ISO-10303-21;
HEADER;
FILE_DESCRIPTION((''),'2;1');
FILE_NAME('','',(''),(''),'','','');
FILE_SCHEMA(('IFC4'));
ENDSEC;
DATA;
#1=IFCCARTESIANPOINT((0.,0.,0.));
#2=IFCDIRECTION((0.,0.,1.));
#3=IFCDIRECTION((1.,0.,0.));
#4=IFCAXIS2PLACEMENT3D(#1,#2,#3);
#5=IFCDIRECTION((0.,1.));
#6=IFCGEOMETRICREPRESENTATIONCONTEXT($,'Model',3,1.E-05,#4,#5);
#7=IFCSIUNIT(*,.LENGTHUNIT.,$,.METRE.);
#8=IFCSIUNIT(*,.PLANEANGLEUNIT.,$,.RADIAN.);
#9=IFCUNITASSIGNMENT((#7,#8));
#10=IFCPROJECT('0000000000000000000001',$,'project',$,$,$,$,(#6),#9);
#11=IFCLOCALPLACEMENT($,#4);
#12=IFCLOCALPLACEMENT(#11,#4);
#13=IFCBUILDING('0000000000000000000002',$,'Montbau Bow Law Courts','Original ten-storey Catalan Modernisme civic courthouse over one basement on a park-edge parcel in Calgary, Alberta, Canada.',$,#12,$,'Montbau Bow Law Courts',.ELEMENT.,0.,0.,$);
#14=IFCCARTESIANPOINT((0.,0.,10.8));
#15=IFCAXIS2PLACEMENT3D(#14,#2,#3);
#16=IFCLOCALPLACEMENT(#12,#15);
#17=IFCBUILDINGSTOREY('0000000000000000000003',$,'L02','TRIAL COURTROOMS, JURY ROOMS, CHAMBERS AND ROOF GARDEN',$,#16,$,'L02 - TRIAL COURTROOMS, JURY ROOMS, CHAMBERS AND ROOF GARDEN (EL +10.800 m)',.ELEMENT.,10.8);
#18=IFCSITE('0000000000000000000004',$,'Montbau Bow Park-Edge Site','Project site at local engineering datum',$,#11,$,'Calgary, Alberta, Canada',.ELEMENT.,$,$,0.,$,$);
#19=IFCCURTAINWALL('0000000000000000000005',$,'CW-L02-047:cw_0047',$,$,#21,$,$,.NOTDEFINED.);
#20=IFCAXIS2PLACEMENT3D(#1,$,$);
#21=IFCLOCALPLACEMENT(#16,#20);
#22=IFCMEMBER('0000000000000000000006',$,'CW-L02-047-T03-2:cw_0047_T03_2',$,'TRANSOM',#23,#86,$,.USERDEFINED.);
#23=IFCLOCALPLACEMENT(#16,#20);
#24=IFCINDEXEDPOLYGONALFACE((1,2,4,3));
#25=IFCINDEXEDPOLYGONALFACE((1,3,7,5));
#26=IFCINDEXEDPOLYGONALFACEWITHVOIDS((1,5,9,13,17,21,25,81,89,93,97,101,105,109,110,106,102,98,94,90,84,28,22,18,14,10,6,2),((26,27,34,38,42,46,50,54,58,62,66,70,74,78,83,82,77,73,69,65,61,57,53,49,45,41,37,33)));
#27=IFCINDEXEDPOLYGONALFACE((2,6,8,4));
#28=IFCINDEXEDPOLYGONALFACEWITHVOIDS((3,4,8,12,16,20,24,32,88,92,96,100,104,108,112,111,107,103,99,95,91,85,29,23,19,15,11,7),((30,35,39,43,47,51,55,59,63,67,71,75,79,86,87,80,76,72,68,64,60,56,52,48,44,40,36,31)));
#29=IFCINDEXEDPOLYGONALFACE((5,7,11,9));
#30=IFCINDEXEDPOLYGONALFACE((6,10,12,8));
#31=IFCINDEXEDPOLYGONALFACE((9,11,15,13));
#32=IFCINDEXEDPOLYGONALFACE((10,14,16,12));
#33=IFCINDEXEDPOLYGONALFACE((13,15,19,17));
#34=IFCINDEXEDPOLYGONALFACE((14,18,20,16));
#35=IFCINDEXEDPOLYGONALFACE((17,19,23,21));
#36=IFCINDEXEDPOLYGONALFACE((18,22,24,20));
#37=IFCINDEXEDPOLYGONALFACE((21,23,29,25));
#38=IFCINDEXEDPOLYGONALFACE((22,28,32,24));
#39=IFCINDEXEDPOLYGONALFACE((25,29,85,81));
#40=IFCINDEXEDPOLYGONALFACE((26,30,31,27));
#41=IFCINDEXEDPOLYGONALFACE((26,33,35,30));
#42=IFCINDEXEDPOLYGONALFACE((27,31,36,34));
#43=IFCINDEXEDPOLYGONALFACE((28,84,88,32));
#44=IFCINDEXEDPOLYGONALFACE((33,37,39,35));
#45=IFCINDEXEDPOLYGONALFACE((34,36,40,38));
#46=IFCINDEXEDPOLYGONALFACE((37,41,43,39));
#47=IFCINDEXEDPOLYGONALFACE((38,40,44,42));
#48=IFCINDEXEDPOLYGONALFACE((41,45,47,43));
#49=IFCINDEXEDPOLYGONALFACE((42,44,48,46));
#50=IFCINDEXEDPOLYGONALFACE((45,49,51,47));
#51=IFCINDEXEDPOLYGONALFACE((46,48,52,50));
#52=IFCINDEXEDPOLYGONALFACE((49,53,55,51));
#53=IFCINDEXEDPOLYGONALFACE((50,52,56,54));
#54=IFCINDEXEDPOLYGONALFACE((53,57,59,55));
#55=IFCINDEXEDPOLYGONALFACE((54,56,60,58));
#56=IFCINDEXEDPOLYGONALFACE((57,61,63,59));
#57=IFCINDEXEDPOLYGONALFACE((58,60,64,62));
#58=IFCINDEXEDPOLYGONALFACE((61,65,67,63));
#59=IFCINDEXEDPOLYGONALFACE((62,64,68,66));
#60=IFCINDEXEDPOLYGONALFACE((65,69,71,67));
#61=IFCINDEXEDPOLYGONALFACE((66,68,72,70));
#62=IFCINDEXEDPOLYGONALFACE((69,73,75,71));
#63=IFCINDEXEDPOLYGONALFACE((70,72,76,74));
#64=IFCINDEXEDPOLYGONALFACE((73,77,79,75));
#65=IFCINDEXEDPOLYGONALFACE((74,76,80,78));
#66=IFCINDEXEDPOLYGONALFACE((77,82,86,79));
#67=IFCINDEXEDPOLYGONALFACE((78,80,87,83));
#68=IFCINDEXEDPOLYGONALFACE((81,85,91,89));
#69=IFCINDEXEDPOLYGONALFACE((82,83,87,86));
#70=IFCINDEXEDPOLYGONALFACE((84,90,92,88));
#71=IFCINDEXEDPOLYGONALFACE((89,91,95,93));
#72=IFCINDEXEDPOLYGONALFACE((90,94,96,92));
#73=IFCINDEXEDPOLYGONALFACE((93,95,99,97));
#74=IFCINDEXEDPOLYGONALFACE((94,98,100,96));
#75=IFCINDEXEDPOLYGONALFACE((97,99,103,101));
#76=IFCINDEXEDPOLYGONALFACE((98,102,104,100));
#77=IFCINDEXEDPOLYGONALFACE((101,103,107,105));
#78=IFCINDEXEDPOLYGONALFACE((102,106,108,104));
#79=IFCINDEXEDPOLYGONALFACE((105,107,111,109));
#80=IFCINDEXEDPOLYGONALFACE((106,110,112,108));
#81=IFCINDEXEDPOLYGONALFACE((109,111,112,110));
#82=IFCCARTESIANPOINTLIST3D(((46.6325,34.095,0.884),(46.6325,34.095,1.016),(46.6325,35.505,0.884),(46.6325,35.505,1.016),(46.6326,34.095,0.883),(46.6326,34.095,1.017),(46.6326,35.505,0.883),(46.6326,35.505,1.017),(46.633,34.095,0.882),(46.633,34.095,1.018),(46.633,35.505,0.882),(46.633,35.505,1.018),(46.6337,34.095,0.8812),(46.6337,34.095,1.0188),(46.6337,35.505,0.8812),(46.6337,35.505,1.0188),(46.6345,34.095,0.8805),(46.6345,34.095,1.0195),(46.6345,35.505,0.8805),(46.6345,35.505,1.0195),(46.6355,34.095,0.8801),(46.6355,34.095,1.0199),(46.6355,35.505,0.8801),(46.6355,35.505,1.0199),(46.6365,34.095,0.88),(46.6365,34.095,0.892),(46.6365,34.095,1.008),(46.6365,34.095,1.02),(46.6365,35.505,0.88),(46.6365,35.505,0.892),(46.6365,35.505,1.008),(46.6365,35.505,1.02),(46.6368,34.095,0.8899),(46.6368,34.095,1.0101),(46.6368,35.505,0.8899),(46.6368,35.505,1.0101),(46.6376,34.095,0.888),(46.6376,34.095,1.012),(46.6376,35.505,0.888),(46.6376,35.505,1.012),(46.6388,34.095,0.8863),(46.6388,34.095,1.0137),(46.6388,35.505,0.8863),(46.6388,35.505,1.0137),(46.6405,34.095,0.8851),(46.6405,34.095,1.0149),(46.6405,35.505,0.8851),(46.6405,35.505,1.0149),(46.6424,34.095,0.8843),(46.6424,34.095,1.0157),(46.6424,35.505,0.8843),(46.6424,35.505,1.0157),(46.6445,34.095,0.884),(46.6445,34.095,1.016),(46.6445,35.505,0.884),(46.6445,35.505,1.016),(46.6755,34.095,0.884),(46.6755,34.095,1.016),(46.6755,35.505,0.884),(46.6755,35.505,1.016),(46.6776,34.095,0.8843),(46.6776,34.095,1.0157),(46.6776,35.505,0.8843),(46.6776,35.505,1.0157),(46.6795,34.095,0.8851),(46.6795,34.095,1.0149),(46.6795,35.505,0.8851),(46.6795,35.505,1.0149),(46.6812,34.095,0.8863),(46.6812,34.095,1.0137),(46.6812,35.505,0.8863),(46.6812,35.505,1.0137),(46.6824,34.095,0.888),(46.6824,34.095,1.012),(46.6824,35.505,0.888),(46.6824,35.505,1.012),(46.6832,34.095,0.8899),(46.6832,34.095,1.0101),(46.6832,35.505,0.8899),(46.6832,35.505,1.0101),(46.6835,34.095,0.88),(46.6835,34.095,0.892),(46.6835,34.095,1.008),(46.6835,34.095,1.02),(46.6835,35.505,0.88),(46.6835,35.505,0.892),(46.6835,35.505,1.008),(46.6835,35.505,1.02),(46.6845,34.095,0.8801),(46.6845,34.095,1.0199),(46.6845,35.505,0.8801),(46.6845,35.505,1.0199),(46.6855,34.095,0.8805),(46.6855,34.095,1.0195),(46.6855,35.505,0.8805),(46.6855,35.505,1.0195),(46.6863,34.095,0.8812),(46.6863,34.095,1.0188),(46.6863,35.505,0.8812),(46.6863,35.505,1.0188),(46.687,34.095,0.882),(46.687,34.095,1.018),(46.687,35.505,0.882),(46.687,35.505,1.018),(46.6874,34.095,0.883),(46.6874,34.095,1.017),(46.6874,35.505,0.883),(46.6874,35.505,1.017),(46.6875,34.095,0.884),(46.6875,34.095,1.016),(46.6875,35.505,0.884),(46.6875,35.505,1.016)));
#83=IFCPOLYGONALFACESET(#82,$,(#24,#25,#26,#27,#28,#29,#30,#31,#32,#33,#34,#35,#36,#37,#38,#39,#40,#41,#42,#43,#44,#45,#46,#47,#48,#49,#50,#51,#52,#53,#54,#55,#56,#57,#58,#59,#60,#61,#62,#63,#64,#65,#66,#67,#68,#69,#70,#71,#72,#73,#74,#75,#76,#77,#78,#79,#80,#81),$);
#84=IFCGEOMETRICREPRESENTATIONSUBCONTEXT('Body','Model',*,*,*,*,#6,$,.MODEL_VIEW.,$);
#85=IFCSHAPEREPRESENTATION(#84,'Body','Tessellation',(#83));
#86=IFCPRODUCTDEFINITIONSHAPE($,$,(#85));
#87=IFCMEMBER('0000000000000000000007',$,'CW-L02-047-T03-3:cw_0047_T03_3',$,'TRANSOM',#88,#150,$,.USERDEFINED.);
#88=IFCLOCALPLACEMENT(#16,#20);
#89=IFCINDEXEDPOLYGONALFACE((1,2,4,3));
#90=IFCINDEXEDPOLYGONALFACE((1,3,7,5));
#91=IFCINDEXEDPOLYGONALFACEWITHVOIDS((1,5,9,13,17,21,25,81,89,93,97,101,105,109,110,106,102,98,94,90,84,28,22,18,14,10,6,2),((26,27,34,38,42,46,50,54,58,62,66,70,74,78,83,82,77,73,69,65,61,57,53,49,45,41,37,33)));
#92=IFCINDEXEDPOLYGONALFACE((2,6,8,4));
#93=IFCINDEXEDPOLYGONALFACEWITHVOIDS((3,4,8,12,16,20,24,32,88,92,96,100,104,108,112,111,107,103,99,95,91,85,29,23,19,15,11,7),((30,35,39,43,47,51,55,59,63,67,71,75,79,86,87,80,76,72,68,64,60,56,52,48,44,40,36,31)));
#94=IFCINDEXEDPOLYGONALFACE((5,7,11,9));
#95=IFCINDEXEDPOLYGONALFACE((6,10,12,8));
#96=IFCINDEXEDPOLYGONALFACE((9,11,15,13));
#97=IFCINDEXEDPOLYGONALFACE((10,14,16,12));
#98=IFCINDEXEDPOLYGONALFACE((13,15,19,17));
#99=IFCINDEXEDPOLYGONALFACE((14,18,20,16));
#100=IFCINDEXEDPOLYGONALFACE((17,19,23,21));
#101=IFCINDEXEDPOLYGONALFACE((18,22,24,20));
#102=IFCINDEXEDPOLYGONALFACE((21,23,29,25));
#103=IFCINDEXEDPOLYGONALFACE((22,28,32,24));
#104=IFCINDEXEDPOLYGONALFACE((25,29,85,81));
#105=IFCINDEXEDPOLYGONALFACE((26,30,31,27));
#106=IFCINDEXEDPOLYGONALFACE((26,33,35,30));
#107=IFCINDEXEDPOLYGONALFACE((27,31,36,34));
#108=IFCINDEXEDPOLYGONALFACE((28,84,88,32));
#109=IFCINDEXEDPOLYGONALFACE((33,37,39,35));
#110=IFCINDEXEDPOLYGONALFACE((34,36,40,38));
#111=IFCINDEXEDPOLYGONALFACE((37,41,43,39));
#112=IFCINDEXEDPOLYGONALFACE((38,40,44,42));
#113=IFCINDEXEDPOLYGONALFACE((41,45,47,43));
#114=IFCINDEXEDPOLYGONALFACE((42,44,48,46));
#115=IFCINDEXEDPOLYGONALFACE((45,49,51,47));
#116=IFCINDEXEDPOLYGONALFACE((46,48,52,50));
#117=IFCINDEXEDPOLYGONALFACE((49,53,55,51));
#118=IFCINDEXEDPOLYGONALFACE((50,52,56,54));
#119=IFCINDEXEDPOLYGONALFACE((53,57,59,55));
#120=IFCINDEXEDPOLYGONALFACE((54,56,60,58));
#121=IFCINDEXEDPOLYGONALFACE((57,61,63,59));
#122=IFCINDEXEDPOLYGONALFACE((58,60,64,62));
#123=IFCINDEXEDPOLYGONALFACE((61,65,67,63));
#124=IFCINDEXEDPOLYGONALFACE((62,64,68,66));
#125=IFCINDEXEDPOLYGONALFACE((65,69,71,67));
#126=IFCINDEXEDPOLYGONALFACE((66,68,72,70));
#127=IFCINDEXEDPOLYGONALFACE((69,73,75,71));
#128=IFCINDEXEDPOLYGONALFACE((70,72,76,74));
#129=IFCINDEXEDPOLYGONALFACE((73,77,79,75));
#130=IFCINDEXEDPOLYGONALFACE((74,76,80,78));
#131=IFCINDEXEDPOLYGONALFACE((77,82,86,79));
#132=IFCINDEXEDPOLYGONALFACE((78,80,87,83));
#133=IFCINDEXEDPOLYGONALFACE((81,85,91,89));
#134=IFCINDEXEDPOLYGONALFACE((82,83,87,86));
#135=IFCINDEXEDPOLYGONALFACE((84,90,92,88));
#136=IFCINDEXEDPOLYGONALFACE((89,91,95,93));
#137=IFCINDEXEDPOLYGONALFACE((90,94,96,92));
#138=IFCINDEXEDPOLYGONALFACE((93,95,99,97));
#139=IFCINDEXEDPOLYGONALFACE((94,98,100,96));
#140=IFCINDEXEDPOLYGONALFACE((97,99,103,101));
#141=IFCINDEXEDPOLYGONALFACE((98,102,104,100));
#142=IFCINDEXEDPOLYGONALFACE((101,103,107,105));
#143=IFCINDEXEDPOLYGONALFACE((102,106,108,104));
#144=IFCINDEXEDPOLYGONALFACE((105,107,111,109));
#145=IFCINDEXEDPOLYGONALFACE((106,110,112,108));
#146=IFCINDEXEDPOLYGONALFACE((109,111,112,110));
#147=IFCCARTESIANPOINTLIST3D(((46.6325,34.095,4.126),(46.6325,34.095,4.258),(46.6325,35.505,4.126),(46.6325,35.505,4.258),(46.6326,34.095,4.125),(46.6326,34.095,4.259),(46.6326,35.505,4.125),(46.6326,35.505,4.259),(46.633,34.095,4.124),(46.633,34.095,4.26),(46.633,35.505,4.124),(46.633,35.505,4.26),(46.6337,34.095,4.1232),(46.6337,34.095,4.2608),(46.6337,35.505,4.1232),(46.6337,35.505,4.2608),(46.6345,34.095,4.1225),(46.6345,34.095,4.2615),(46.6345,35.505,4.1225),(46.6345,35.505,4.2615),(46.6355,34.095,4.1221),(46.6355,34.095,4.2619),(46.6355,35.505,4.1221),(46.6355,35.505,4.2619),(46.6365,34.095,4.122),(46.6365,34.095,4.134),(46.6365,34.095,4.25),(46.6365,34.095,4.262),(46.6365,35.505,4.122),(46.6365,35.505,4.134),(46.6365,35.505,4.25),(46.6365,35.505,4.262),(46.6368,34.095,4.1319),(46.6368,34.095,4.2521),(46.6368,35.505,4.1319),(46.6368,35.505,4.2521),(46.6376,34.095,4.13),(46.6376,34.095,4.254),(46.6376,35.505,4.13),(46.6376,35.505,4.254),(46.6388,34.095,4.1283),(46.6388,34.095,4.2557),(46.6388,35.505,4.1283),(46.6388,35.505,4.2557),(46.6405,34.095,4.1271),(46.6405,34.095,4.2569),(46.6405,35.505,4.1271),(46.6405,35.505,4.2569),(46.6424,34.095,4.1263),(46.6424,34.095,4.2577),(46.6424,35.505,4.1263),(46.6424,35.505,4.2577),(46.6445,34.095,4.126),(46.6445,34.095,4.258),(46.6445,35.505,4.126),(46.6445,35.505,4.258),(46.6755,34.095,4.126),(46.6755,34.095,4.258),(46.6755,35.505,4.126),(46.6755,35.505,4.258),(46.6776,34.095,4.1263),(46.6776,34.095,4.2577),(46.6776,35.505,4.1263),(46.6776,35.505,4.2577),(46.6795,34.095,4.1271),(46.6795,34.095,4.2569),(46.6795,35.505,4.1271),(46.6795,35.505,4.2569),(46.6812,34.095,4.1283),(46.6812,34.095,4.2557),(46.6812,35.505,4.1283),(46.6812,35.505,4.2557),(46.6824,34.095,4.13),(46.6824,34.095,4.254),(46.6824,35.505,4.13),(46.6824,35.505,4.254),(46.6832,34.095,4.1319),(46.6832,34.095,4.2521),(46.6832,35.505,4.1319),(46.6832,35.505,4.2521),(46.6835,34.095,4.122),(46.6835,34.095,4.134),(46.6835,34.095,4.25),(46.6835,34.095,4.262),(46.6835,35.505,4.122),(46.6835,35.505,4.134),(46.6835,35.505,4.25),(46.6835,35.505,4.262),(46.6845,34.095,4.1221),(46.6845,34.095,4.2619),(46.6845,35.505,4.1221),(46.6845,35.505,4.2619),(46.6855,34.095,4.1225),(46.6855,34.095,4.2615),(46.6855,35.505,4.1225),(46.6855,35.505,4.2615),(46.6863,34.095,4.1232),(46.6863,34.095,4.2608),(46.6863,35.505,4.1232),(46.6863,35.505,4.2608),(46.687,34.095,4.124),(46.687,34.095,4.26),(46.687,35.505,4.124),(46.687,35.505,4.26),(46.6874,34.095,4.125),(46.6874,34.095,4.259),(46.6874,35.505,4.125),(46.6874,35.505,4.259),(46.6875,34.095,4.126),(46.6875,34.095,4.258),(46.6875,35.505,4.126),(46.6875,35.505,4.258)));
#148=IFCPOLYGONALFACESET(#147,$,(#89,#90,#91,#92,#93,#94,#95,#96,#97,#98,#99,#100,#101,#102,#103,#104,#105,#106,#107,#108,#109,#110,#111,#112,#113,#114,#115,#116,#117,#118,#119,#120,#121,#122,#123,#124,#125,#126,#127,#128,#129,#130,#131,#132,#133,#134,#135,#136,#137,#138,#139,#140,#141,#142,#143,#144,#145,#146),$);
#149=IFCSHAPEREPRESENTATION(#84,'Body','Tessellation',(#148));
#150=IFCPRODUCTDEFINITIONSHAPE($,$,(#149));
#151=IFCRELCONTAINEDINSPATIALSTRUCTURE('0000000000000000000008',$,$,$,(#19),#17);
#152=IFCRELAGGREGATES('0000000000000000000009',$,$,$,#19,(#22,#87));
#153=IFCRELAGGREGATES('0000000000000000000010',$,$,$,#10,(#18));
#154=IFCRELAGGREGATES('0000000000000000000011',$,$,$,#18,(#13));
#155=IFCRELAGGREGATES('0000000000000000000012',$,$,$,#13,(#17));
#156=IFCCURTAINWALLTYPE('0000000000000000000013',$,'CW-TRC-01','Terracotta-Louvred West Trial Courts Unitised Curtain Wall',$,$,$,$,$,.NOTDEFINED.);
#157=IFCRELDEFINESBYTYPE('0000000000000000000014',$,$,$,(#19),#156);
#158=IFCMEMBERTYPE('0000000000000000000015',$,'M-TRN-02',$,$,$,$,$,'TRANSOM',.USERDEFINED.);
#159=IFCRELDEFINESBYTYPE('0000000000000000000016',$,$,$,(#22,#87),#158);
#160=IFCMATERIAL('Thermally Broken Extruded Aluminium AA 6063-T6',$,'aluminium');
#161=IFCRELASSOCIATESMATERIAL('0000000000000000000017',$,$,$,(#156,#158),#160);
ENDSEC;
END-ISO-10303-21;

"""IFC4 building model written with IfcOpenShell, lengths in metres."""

from ifc_helpers import new_model, si_unit, direction, frame, origin_with_axes, origin_2d_with_axis, place, context, subcontext, project, spatial, hollow_rectangle, extrude, material, material_profile, profile_set, type_object, element, aggregate, save


model = new_model("IFC4")

# Units and contexts
model_context = context("Model", 3, precision=1e-05, world=origin_with_axes(), true_north=direction((0.0, 1.0)))
body_context = subcontext(model_context, "Body", "Model", "MODEL_VIEW")
ifc_project = project(units=[si_unit("LENGTHUNIT", "METRE"), si_unit("PLANEANGLEUNIT", "RADIAN")], contexts=[model_context])

# Site, building, storey
site_placement = place(None, origin_with_axes())
site = spatial("IfcSite", under=ifc_project, at=site_placement, Name="Montbau Bow Park-Edge Site", Description="Project site at local engineering datum", LongName="Calgary, Alberta, Canada", CompositionType="ELEMENT", RefElevation=0.0)
building_placement = place(site_placement, origin_with_axes())
building = spatial("IfcBuilding", under=site, at=building_placement, Name="Montbau Bow Law Courts", Description="Original ten-storey Catalan Modernisme civic courthouse over one basement on a park-edge parcel in Calgary, Alberta, Canada.", LongName="Montbau Bow Law Courts", CompositionType="ELEMENT", ElevationOfRefHeight=0.0, ElevationOfTerrain=0.0)
storey_placement = place(building_placement, frame((0.0, 0.0, 10.8), z_axis=(0.0, 0.0, 1.0), x_axis=(1.0, 0.0, 0.0)))
storey = spatial("IfcBuildingStorey", under=building, at=storey_placement, Name="L02", Description="TRIAL COURTROOMS, JURY ROOMS, CHAMBERS AND ROOF GARDEN", LongName="L02 - TRIAL COURTROOMS, JURY ROOMS, CHAMBERS AND ROOF GARDEN (EL +10.800 m)", CompositionType="ELEMENT", Elevation=10.8)

# Shared definitions
ifc_material_1 = material(Name="Thermally Broken Extruded Aluminium AA 6063-T6", Category="aluminium")
curtain_wall_type = type_object("IfcCurtainWallType", Name="CW-TRC-01", Description="Terracotta-Louvred West Trial Courts Unitised Curtain Wall", PredefinedType="NOTDEFINED", material=ifc_material_1)

# Curtain wall, members
curtain_wall_1_placement = place(None, frame((46.66, 31.115, 10.8), z_axis=(0.0, 0.0, 1.0), x_axis=(1.0, 0.0, 0.0)))
curtain_wall_1 = element("IfcCurtainWall", 1, at=curtain_wall_1_placement, inside=storey, type_object=curtain_wall_type, Name="CW-L02-047:cw_0047", PredefinedType="NOTDEFINED")
ifc_material_profile_1 = material_profile(ifc_material_1, hollow_rectangle(XDim=0.055, YDim=0.14, WallThickness=0.004, InnerFilletRadius=0.008, OuterFilletRadius=0.004, at=origin_2d_with_axis()), Name="CWT-140X55", Category="Main", Priority=0)
ifc_profile_set_1 = profile_set([ifc_material_profile_1], Name="Thermally Broken Extruded Aluminium AA 6063-T6")
member_type_1 = type_object("IfcMemberType", Name="M-TRN-02", ElementType="TRANSOM", PredefinedType="USERDEFINED", material=ifc_profile_set_1)
member_1_placement = place(None, frame((46.66, 34.095, 11.75), z_axis=(0.0, 1.0, 0.0), x_axis=(-1.0, 0.0, 0.0)))
member_1 = element("IfcMember", 2, at=member_1_placement, type_object=member_type_1, Name="CW-L02-047-T03-2:cw_0047_T03_2", ObjectType="TRANSOM", PredefinedType="USERDEFINED", context=body_context, shape_type="SweptSolid", body=[
    extrude(hollow_rectangle(XDim=0.055, YDim=0.14, WallThickness=0.004, InnerFilletRadius=0.008, OuterFilletRadius=0.004, at=origin_2d_with_axis()), origin_with_axes(), (0.0, 0.0, 1.0), 1.41),
])
member_2_placement = place(None, frame((46.66, 34.095, 14.992), z_axis=(0.0, 1.0, 0.0), x_axis=(-1.0, 0.0, 0.0)))
member_2 = element("IfcMember", 3, at=member_2_placement, type_object=member_type_1, Name="CW-L02-047-T03-3:cw_0047_T03_3", ObjectType="TRANSOM", PredefinedType="USERDEFINED", context=body_context, shape_type="SweptSolid", body=[
    extrude(hollow_rectangle(XDim=0.055, YDim=0.14, WallThickness=0.004, InnerFilletRadius=0.008, OuterFilletRadius=0.004, at=origin_2d_with_axis()), origin_with_axes(), (0.0, 0.0, 1.0), 1.41),
])
aggregate(curtain_wall_1, [member_1, member_2])

save(model, "model.ifc")
